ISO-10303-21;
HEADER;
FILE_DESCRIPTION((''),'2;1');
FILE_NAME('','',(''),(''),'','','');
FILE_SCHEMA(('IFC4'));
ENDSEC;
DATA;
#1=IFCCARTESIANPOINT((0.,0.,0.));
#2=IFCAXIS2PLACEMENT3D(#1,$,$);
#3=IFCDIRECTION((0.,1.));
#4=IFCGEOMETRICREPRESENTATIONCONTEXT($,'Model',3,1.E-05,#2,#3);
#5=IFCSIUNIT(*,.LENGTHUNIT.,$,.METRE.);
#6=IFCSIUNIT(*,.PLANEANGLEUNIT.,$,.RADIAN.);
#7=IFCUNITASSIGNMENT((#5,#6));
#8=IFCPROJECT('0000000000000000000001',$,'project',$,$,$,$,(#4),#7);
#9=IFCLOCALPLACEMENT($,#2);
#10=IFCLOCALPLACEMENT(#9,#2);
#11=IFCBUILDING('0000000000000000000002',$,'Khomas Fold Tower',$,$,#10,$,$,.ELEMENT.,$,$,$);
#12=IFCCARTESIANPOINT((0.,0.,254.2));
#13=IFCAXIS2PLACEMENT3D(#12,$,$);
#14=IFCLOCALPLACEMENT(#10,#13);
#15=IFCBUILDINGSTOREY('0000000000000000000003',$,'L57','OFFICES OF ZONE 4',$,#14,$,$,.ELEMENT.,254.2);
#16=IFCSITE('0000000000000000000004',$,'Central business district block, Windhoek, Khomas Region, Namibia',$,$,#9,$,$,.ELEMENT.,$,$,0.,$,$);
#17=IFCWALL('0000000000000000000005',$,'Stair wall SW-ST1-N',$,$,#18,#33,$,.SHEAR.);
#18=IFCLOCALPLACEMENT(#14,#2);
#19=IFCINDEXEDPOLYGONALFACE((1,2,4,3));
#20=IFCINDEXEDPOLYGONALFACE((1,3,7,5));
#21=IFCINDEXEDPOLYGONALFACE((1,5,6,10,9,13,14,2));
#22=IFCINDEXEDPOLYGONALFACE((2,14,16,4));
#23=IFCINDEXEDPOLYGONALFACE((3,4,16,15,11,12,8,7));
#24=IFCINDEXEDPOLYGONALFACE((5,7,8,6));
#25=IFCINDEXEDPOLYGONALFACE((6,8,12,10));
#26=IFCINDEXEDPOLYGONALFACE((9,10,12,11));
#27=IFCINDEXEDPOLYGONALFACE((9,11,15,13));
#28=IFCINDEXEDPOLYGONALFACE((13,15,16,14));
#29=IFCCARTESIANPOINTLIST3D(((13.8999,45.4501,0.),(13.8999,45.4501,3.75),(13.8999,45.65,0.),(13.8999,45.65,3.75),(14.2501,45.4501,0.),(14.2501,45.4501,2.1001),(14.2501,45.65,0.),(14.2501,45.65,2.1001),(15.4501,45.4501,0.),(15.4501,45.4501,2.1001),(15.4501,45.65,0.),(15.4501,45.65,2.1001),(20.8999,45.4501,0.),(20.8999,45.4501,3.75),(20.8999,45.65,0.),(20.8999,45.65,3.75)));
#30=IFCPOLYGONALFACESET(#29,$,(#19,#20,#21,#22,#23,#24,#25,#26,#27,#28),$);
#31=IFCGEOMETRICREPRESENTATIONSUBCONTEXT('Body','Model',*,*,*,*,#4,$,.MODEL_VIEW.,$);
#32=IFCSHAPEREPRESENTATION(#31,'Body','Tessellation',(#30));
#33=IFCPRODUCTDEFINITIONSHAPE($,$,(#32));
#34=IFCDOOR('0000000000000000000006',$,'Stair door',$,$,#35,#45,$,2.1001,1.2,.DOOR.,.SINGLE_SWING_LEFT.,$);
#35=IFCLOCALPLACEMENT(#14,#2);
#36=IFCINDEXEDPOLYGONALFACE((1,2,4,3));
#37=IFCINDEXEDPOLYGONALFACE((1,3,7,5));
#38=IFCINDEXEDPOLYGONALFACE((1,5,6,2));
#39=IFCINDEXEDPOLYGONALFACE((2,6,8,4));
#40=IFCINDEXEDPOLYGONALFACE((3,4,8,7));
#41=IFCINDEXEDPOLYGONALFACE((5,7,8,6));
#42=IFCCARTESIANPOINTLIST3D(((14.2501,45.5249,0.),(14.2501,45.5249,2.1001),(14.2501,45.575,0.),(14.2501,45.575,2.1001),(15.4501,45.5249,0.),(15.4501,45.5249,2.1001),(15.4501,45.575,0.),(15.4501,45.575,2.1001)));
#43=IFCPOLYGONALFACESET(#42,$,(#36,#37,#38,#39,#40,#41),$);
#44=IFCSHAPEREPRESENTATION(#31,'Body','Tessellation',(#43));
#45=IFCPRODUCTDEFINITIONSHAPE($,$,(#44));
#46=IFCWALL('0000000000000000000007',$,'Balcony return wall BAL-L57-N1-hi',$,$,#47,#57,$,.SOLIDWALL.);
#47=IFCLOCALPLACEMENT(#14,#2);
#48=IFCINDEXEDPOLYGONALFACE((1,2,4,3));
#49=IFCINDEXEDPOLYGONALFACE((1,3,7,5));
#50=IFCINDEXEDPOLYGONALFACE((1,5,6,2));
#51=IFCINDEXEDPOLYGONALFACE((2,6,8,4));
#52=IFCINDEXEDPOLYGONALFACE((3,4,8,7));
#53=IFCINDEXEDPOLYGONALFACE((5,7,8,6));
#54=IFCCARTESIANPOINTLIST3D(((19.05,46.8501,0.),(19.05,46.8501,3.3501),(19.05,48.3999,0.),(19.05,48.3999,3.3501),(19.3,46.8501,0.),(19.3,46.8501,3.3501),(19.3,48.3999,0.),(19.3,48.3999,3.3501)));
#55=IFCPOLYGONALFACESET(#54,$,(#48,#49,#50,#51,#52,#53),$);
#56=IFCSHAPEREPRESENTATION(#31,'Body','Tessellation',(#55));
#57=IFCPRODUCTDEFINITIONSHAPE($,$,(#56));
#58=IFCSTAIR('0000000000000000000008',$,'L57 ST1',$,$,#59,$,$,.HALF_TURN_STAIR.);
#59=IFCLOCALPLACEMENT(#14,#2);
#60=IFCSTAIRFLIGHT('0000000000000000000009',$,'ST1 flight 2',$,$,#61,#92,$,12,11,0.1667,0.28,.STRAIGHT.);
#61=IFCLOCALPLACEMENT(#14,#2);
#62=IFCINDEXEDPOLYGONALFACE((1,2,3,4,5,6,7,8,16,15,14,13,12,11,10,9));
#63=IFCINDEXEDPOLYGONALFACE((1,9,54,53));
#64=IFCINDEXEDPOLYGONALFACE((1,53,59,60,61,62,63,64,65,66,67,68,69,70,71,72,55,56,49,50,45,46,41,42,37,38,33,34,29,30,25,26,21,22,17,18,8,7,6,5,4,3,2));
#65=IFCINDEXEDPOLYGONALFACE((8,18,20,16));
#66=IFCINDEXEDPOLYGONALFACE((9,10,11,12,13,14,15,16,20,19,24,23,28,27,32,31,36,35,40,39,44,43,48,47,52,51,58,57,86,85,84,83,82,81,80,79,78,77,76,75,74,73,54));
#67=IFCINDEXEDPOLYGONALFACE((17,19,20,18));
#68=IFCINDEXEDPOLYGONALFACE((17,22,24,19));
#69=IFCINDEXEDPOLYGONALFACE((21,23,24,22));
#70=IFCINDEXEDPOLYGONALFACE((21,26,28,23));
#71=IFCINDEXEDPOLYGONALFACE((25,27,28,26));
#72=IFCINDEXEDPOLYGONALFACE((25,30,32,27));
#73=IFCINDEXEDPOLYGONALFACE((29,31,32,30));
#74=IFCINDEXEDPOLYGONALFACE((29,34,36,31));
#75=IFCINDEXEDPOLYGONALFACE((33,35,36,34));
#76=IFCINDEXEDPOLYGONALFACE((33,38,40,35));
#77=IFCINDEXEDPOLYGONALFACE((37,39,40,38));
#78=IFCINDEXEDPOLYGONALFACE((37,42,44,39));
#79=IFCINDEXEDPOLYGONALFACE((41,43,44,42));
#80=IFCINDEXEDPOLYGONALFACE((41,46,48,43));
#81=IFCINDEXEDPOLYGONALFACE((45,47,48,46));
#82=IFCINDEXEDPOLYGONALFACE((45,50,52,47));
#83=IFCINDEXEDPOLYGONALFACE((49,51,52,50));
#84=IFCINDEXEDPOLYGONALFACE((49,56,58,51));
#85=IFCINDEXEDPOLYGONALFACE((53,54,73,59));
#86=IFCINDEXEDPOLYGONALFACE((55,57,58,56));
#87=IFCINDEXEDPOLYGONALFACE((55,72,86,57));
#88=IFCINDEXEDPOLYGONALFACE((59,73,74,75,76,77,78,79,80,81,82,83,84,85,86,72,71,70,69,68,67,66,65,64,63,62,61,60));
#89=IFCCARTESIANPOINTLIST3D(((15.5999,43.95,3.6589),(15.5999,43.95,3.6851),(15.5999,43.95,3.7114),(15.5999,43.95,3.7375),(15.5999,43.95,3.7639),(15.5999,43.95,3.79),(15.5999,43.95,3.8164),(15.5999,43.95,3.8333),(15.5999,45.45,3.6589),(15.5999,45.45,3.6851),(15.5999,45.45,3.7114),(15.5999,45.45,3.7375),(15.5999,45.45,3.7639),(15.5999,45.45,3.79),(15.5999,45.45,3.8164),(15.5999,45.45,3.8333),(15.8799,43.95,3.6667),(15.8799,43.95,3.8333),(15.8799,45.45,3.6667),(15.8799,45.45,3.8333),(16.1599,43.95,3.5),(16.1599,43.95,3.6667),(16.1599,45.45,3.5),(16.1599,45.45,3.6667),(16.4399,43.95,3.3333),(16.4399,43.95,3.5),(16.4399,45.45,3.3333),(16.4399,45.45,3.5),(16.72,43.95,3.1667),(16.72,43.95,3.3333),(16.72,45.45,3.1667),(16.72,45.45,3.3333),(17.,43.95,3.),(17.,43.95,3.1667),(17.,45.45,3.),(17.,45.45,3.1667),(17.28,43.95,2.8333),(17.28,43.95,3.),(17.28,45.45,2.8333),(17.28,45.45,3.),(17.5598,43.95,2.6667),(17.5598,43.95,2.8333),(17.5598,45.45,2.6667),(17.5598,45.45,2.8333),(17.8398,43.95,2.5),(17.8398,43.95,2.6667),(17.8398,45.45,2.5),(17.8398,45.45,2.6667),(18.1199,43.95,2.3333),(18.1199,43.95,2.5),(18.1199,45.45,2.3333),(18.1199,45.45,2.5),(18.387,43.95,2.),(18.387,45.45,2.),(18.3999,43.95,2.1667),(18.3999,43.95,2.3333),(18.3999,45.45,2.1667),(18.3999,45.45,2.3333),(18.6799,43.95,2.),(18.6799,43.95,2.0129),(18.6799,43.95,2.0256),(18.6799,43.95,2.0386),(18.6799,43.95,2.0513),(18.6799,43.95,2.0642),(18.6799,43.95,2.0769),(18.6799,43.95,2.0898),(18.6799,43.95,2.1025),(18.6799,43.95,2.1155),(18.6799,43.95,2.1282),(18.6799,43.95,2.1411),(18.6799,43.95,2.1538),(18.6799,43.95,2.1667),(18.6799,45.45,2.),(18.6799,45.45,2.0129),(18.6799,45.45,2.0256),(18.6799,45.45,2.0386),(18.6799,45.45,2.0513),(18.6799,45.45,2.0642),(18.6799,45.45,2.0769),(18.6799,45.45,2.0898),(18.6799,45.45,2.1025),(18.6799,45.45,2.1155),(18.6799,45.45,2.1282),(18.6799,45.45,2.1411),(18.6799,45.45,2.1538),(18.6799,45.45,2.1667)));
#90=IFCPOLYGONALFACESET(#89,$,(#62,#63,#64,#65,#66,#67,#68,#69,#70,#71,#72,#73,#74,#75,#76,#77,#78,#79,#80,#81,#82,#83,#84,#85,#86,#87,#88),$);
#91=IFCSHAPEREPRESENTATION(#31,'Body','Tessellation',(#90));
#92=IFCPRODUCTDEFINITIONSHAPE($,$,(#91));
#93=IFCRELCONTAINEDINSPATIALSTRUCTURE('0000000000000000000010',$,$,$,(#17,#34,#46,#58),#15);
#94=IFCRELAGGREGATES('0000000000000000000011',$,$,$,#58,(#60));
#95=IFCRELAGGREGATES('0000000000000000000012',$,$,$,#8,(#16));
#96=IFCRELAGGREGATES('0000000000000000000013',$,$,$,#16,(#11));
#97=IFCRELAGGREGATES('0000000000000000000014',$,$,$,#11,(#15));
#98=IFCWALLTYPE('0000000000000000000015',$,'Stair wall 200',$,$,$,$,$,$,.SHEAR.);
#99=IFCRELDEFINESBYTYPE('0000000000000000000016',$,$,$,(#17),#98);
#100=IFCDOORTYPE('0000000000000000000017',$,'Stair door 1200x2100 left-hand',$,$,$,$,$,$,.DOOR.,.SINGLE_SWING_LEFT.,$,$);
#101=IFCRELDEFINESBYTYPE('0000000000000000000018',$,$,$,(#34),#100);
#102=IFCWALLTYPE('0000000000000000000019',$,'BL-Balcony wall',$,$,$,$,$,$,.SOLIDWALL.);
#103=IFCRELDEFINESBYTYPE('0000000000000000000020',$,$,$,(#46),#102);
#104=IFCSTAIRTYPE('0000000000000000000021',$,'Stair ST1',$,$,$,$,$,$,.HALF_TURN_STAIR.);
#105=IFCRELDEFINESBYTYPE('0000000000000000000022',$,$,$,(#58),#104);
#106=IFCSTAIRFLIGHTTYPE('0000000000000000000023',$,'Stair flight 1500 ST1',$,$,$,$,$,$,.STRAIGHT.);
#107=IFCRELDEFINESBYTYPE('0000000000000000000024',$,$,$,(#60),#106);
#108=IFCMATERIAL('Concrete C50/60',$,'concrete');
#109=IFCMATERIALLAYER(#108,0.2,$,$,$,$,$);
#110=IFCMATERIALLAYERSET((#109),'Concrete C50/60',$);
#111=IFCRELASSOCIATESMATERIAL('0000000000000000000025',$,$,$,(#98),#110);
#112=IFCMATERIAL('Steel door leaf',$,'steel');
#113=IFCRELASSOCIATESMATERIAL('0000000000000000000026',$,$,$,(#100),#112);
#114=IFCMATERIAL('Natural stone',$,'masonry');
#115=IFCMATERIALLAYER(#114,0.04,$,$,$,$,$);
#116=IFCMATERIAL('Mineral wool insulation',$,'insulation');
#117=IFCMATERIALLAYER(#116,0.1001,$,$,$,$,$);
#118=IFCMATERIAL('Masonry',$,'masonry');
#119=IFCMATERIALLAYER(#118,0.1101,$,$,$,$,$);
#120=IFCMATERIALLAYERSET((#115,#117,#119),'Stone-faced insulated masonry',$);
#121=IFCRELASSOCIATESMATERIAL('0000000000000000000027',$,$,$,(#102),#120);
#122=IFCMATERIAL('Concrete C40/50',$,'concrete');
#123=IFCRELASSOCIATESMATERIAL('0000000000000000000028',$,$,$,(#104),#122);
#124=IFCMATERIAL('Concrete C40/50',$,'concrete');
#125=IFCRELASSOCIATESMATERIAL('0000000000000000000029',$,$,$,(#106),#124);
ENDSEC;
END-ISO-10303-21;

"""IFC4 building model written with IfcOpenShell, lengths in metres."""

from ifc_helpers import new_model, si_unit, direction, frame, frame_2d, origin, place, context, subcontext, project, spatial, polyline, rectangle, outline, extrude, source, transform, mapped, material, layer, layer_set, type_object, element, fill, aggregate, save


model = new_model("IFC4")

# Units and contexts
model_context = context("Model", 3, precision=1e-05, world=origin(), true_north=direction((0.0, 1.0)))
body_context = subcontext(model_context, "Body", "Model", "MODEL_VIEW")
ifc_project = project(units=[si_unit("LENGTHUNIT", "METRE"), si_unit("PLANEANGLEUNIT", "RADIAN")], contexts=[model_context])

# Site, building, storey
site_placement = place(None, origin())
site = spatial("IfcSite", under=ifc_project, at=site_placement, Name="Central business district block, Windhoek, Khomas Region, Namibia", CompositionType="ELEMENT", RefElevation=0.0)
building_placement = place(site_placement, origin())
building = spatial("IfcBuilding", under=site, at=building_placement, Name="Khomas Fold Tower", CompositionType="ELEMENT")
storey_placement = place(building_placement, frame((0.0, 0.0, 254.2)))
storey = spatial("IfcBuildingStorey", under=building, at=storey_placement, Name="L57", Description="OFFICES OF ZONE 4", CompositionType="ELEMENT", Elevation=254.2)

# Wall, opening, door
ifc_material_1 = material(Name="Concrete C50/60", Category="concrete")
ifc_layer_1 = layer(ifc_material_1, 0.2)
ifc_layer_set_1 = layer_set([ifc_layer_1], Name="Concrete C50/60")
wall_type_1 = type_object("IfcWallType", Name="Stair wall 200", PredefinedType="SHEAR", material=ifc_layer_set_1)
shared_shape_1 = source(origin(), body_context, "Body", "SweptSolid", [
    extrude(rectangle(XDim=7.0, YDim=0.2, at=frame_2d((3.5, 0.0))), origin(), (0.0, 0.0, 1.0), 3.75),
])
wall_1_placement = place(storey_placement, frame((13.8999, 45.55, 0.0), z_axis=(0.0, 0.0, 1.0), x_axis=(1.0, 0.0, 0.0)))
wall_1 = element("IfcWall", 1, at=wall_1_placement, inside=storey, type_object=wall_type_1, Name="Stair wall SW-ST1-N", PredefinedType="SHEAR", context=body_context, shape_type="MappedRepresentation", body=[
    mapped(shared_shape_1, transform((0.0, 0.0, 0.0))),
])
shared_shape_2 = source(origin(), body_context, "Body", "SweptSolid", [
    extrude(rectangle(XDim=1.2, YDim=2.1001, at=frame_2d((0.6001, 1.05))), frame((0.0, 0.1099, 0.0), z_axis=(0.0, -1.0, 0.0), x_axis=(1.0, 0.0, 0.0)), (0.0, 0.0, 1.0), 0.22),
])
opening_1_placement = place(wall_1_placement, frame((0.3501, 0.0, 0.0)))
opening_1 = element("IfcOpeningElement", 2, at=opening_1_placement, cuts=wall_1, PredefinedType="OPENING", context=body_context, shape_type="MappedRepresentation", body=[
    mapped(shared_shape_2, transform((0.0, 0.0, 0.0))),
])
ifc_material_2 = material(Name="Steel door leaf", Category="steel")
door_type_1 = type_object("IfcDoorType", Name="Stair door 1200x2100 left-hand", OperationType="SINGLE_SWING_LEFT", PredefinedType="DOOR", material=ifc_material_2)
shared_shape_3 = source(origin(), body_context, "Body", "SweptSolid", [
    extrude(rectangle(XDim=1.2, YDim=2.1001, at=frame_2d((0.6001, 1.05))), frame((0.0, 0.0249, 0.0), z_axis=(0.0, -1.0, 0.0), x_axis=(1.0, 0.0, 0.0)), (0.0, 0.0, 1.0), 0.05),
])
door_1_placement = place(opening_1_placement, origin())
door_1 = element("IfcDoor", 3, at=door_1_placement, inside=storey, type_object=door_type_1, Name="Stair door", OperationType="SINGLE_SWING_LEFT", OverallHeight=2.1001, OverallWidth=1.2, PredefinedType="DOOR", context=body_context, shape_type="MappedRepresentation", body=[
    mapped(shared_shape_3, transform((0.0, 0.0, 0.0))),
])
fill(opening_1, door_1)

# Shared definitions
ifc_material_3 = material(Name="Natural stone", Category="masonry")
ifc_layer_2 = layer(ifc_material_3, 0.04)
ifc_material_4 = material(Name="Mineral wool insulation", Category="insulation")
ifc_layer_3 = layer(ifc_material_4, 0.1001)
ifc_material_5 = material(Name="Masonry", Category="masonry")
ifc_layer_4 = layer(ifc_material_5, 0.1101)
ifc_layer_set_2 = layer_set([ifc_layer_2, ifc_layer_3, ifc_layer_4], Name="Stone-faced insulated masonry")
wall_type_2 = type_object("IfcWallType", Name="BL-Balcony wall", PredefinedType="SOLIDWALL", material=ifc_layer_set_2)

# Wall
shared_shape_4 = source(origin(), body_context, "Body", "SweptSolid", [
    extrude(rectangle(XDim=1.5498, YDim=0.25, at=frame_2d((0.7749, 0.0))), origin(), (0.0, 0.0, 1.0), 3.3501),
])
wall_2_placement = place(storey_placement, frame((19.175, 48.3999, 0.0), z_axis=(0.0, 0.0, 1.0), x_axis=(0.0, -1.0, 0.0)))
element("IfcWall", 4, at=wall_2_placement, inside=storey, type_object=wall_type_2, Name="Balcony return wall BAL-L57-N1-hi", PredefinedType="SOLIDWALL", context=body_context, shape_type="MappedRepresentation", body=[
    mapped(shared_shape_4, transform((0.0, 0.0, 0.0))),
])

# Stair, stair flight
ifc_material_6 = material(Name="Concrete C40/50", Category="concrete")
stair_type = type_object("IfcStairType", Name="Stair ST1", PredefinedType="HALF_TURN_STAIR", material=ifc_material_6)
stair_placement = place(storey_placement, origin())
stair = element("IfcStair", 5, at=stair_placement, inside=storey, type_object=stair_type, Name="L57 ST1", PredefinedType="HALF_TURN_STAIR")
ifc_material_7 = material(Name="Concrete C40/50", Category="concrete")
stair_flight_type = type_object("IfcStairFlightType", Name="Stair flight 1500 ST1", PredefinedType="STRAIGHT", material=ifc_material_7)
shared_shape_5 = source(origin(), body_context, "Body", "SweptSolid", [
    extrude(outline(polyline([(0.0, 0.0), (0.0, 0.0129), (0.0, 0.0256), (0.0, 0.0386), (0.0, 0.0513), (0.0, 0.0642), (0.0, 0.0769), (0.0, 0.0898), (0.0, 0.1025), (0.0, 0.1155), (0.0, 0.1282), (0.0, 0.1411), (0.0, 0.1538), (0.0, 0.1667), (0.28, 0.1667), (0.28, 0.3333), (0.5601, 0.3333), (0.5601, 0.5), (0.8401, 0.5), (0.8401, 0.6667), (1.1201, 0.6667), (1.1201, 0.8333), (1.3999, 0.8333), (1.3999, 1.0), (1.6799, 1.0), (1.6799, 1.1667), (1.96, 1.1667), (1.96, 1.3333), (2.24, 1.3333), (2.24, 1.5), (2.52, 1.5), (2.52, 1.6667), (2.8, 1.6667), (2.8, 1.8333), (3.0801, 1.8333), (3.0801, 2.0), (3.0801, 1.9739), (3.0801, 1.9475), (3.0801, 1.9214), (3.0801, 1.895), (3.0801, 1.8689), (3.0801, 1.8425), (3.0801, 1.8164), (3.0801, 1.79), (3.0801, 1.7639), (3.0801, 1.7375), (3.0801, 1.7114), (3.0801, 1.6851), (3.0801, 1.6589), (0.293, 0.0), (0.0, 0.0)])), frame((0.0, 0.75, 0.0), z_axis=(0.0, -1.0, 0.0), x_axis=(1.0, 0.0, 0.0)), (0.0, 0.0, 1.0), 1.5),
])
stair_flight_placement = place(storey_placement, frame((18.6799, 44.7, 2.0), z_axis=(0.0, 0.0, 1.0), x_axis=(-1.0, 0.0, 0.0)))
stair_flight = element("IfcStairFlight", 6, at=stair_flight_placement, type_object=stair_flight_type, Name="ST1 flight 2", NumberOfRisers=12, NumberOfTreads=11, PredefinedType="STRAIGHT", RiserHeight=0.1667, TreadLength=0.28, context=body_context, shape_type="MappedRepresentation", body=[
    mapped(shared_shape_5, transform((0.0, 0.0, 0.0))),
])
aggregate(stair, [stair_flight])

save(model, "model.ifc")
